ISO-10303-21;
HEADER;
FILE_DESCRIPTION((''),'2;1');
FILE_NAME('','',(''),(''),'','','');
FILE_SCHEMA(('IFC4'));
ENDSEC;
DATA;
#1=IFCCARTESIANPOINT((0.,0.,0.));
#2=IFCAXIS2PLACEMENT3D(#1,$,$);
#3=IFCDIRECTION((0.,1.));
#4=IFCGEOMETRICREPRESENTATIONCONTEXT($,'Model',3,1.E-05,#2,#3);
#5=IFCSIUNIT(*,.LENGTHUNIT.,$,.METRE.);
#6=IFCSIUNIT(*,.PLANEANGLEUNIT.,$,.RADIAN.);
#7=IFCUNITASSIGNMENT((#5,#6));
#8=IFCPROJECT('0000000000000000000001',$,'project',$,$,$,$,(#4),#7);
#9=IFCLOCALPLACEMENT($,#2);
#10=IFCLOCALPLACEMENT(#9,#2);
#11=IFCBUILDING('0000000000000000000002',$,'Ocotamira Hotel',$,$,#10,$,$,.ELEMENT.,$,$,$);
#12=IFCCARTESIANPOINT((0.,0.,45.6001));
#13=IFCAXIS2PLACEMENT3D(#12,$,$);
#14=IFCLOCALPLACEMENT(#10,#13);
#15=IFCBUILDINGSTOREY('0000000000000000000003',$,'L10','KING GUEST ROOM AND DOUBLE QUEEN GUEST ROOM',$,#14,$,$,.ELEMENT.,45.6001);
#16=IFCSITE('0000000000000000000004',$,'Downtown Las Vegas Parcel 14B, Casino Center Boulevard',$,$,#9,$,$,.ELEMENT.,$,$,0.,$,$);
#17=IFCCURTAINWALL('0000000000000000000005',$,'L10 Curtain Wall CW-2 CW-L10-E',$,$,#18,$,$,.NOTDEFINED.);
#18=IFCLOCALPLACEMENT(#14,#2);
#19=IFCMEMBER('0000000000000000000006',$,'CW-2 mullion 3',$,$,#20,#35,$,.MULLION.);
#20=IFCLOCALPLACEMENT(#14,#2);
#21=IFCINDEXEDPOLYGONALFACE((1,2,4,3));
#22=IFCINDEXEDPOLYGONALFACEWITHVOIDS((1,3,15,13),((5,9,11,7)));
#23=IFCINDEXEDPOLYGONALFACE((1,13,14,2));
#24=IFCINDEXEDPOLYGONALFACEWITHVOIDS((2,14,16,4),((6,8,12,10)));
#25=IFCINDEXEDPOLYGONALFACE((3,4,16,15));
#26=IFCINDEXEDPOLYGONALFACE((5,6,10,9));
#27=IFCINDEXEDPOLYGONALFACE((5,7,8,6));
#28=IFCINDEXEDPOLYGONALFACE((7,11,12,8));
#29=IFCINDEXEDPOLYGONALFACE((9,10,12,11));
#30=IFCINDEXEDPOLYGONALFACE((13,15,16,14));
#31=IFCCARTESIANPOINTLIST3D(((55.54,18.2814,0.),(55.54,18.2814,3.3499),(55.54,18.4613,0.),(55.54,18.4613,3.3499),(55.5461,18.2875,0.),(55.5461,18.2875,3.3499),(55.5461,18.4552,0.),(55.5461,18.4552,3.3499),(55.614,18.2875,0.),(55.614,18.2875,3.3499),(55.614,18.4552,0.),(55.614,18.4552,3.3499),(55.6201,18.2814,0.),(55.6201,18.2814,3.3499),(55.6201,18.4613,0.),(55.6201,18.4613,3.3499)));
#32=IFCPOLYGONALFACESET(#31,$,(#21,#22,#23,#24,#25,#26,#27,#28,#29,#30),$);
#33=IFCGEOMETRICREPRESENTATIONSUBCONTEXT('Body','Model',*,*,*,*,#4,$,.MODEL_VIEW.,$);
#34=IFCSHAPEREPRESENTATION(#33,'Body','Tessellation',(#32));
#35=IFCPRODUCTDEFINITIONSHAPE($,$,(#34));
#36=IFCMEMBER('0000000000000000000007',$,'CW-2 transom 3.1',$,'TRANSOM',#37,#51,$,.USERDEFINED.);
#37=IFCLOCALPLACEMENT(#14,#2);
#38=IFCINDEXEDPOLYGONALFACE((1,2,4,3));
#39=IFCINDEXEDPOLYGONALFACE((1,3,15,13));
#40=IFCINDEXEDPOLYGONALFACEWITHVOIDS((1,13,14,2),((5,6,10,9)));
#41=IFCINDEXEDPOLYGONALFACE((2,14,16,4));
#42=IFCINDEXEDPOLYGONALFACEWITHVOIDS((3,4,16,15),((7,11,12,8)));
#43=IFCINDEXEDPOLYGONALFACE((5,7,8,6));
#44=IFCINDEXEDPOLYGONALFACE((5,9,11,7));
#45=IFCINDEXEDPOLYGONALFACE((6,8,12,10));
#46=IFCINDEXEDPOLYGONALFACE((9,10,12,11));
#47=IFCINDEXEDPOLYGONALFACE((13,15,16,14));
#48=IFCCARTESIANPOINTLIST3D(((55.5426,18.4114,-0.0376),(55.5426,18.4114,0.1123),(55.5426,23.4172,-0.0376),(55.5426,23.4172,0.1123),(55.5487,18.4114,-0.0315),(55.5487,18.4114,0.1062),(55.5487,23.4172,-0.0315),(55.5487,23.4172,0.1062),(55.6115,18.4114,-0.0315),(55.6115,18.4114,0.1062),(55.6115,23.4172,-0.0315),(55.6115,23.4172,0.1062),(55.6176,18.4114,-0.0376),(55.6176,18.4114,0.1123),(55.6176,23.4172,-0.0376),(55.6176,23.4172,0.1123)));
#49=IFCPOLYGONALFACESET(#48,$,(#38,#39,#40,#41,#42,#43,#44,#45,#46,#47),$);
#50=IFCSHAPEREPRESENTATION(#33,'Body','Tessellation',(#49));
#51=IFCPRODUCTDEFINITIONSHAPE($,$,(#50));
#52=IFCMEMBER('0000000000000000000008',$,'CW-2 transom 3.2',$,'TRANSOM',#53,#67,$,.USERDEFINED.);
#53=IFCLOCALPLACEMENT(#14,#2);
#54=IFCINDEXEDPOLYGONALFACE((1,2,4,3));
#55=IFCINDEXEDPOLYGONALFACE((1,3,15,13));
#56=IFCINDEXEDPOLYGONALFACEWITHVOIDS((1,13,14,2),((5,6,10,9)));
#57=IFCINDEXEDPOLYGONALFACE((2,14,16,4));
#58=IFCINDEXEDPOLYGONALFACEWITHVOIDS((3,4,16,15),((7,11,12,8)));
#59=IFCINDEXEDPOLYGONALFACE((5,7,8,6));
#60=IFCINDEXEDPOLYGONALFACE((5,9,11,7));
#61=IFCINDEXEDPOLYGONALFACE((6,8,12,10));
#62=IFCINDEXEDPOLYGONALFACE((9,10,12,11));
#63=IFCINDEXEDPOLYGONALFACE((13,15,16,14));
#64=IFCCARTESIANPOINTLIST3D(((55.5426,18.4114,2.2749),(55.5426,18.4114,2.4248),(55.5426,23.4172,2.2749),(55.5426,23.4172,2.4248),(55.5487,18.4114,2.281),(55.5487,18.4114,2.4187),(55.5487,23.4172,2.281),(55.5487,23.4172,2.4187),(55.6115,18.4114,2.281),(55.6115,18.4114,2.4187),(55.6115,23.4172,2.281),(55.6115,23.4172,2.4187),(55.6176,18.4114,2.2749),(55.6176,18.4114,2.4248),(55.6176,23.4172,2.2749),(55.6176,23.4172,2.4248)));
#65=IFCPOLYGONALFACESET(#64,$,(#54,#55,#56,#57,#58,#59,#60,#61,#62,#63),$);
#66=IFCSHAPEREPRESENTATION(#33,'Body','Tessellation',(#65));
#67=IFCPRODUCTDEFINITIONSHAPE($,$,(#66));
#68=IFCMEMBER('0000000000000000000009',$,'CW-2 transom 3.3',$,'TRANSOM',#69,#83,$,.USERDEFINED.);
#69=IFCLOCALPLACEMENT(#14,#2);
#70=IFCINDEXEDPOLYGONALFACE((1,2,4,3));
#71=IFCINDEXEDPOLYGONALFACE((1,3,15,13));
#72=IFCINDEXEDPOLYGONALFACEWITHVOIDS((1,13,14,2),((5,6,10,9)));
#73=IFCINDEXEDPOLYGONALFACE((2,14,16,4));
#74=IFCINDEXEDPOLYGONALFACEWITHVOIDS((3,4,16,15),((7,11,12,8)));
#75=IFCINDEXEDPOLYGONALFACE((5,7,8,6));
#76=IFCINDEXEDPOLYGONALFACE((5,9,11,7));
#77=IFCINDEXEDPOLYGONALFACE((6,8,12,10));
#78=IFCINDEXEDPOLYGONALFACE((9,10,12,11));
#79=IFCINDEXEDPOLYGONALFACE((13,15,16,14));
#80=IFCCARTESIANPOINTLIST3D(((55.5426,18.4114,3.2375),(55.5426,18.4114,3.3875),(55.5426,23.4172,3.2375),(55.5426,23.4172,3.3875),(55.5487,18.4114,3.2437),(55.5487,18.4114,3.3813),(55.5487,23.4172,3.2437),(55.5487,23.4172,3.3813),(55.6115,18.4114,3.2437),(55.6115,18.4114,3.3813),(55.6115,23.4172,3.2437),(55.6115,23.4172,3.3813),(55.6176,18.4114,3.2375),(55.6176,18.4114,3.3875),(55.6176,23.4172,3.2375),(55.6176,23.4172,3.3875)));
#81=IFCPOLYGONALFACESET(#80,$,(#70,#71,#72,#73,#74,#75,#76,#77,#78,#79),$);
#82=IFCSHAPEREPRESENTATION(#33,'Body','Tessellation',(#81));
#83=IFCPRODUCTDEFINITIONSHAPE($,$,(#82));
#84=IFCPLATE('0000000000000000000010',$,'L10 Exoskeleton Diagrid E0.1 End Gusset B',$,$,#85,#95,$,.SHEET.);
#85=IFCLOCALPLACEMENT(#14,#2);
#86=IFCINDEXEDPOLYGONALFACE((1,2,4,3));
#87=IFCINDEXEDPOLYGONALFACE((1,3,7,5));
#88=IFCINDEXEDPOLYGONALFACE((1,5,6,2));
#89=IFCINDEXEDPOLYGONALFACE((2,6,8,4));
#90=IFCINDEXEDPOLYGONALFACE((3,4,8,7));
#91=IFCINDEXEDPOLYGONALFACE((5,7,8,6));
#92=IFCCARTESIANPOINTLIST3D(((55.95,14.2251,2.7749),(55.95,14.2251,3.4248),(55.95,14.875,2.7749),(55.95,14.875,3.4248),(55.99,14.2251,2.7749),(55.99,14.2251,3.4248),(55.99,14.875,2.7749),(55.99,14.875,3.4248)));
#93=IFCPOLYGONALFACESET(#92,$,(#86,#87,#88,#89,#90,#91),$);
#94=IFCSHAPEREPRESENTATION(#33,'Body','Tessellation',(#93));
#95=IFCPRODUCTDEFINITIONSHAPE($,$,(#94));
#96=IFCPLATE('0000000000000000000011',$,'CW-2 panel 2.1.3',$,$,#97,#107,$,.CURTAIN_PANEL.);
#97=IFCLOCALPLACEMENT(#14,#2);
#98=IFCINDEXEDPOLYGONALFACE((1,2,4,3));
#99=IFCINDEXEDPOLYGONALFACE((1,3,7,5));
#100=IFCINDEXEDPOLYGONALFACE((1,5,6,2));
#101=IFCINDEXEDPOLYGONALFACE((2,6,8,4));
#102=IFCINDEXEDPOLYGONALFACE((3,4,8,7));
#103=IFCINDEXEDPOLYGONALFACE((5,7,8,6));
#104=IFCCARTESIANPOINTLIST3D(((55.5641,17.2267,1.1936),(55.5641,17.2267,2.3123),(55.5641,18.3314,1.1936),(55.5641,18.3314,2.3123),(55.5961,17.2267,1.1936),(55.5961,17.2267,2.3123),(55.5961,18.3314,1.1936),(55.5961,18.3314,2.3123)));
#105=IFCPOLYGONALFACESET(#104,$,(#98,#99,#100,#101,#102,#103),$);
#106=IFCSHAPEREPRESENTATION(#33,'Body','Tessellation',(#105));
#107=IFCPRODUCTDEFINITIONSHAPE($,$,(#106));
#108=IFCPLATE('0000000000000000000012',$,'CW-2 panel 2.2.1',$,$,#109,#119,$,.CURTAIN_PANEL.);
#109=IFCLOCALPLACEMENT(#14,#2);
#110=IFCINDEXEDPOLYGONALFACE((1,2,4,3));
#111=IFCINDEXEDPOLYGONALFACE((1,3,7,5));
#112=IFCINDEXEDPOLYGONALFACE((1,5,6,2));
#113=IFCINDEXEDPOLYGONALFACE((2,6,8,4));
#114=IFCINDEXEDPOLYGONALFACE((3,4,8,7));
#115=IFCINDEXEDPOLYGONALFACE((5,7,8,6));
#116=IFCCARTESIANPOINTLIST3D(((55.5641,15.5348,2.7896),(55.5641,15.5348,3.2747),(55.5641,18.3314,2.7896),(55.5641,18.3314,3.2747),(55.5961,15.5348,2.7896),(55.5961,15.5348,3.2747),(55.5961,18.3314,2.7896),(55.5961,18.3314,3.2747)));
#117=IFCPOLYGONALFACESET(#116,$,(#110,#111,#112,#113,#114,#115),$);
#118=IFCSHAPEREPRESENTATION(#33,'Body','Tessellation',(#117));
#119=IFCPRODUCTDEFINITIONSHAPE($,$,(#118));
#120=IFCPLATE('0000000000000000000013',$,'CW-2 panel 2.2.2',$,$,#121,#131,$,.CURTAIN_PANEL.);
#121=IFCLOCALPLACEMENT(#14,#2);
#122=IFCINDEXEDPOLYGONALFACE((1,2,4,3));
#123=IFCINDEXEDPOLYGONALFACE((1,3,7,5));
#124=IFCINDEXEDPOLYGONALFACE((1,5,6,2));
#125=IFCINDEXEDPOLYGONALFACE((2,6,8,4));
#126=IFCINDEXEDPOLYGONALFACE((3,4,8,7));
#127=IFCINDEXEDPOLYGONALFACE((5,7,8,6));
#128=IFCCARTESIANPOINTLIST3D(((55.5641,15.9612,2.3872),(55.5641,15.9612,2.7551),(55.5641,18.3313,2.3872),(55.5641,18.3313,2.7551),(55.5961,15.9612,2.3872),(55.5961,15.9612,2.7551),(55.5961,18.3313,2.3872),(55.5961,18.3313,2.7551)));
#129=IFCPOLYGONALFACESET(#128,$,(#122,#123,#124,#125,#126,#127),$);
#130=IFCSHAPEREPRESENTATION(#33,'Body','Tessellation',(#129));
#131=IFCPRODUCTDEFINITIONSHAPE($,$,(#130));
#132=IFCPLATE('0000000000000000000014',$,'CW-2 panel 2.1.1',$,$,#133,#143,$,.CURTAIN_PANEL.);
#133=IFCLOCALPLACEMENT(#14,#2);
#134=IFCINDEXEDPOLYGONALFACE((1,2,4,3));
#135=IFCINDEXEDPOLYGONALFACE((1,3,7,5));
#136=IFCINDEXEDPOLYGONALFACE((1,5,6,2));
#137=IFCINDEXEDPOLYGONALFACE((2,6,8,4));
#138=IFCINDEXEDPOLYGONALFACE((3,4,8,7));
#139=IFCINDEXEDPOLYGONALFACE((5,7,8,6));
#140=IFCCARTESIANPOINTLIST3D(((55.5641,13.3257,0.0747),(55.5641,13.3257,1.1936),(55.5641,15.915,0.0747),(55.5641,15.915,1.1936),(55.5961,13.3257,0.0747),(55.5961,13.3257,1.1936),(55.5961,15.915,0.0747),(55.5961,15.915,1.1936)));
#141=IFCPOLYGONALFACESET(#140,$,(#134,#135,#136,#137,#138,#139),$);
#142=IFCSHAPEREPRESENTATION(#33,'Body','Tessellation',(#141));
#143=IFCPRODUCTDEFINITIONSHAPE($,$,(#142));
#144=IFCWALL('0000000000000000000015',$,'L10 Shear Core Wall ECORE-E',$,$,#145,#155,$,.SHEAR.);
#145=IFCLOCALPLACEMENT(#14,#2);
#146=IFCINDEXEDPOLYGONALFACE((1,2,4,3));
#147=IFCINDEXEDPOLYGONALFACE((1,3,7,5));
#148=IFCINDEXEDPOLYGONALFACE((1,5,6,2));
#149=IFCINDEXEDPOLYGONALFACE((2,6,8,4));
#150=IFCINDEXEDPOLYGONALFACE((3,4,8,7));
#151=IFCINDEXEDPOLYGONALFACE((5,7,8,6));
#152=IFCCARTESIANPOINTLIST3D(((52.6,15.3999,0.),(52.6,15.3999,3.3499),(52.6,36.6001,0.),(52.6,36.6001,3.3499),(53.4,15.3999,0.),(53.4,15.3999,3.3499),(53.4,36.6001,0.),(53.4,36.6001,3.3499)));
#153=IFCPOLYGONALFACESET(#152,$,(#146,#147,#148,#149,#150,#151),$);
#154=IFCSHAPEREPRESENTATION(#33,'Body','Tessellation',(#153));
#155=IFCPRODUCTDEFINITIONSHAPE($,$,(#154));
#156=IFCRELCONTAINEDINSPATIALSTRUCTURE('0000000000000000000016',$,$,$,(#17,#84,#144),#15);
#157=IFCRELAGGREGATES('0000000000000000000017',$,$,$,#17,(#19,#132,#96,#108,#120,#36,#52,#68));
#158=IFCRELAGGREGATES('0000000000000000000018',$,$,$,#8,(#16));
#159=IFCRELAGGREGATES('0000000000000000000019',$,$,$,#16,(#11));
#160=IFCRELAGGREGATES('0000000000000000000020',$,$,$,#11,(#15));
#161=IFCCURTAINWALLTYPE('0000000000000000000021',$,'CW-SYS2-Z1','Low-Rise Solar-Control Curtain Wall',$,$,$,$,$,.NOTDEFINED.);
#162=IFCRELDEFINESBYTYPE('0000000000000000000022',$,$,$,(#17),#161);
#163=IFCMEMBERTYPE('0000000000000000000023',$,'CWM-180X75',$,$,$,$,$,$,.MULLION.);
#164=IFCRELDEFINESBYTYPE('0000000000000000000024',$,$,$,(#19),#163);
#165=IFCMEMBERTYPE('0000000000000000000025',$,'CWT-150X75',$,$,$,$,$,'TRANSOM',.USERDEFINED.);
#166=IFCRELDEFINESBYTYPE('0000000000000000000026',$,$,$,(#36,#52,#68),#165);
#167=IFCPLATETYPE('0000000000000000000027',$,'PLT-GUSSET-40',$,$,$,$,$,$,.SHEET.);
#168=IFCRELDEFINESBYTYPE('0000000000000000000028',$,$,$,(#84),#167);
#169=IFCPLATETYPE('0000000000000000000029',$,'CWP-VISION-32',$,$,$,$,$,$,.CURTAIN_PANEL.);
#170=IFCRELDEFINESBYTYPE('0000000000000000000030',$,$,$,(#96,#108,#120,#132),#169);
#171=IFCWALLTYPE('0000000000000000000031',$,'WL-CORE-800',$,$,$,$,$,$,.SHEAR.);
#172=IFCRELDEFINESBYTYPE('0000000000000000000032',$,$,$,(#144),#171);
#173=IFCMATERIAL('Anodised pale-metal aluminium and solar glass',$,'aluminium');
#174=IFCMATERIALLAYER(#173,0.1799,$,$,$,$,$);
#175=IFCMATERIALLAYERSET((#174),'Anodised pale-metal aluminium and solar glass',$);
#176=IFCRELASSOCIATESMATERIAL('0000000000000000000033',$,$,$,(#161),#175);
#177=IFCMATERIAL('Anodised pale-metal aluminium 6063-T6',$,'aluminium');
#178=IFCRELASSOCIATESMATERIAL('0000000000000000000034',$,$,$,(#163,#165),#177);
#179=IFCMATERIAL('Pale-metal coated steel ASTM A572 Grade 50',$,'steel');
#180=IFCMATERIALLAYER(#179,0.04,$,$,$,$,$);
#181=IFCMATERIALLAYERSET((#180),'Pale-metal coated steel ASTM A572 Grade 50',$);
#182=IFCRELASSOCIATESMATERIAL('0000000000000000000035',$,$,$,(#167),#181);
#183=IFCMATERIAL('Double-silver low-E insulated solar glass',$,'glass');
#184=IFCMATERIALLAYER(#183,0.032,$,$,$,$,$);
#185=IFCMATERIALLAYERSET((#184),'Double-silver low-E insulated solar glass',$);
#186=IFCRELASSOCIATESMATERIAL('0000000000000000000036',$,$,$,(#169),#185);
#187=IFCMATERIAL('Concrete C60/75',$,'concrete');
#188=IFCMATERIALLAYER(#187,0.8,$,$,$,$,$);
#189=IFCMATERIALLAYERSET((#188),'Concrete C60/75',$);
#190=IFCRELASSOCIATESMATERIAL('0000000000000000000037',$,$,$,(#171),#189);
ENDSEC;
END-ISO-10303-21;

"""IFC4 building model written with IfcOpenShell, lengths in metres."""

from ifc_helpers import new_model, si_unit, direction, frame, frame_2d, origin, origin_2d, place, context, subcontext, project, spatial, rectangle, hollow_rectangle, extrude, source, transform, mapped, material, layer, layer_set, material_profile, profile_set, type_object, element, aggregate, save


model = new_model("IFC4")

# Units and contexts
model_context = context("Model", 3, precision=1e-05, world=origin(), true_north=direction((0.0, 1.0)))
body_context = subcontext(model_context, "Body", "Model", "MODEL_VIEW")
ifc_project = project(units=[si_unit("LENGTHUNIT", "METRE"), si_unit("PLANEANGLEUNIT", "RADIAN")], contexts=[model_context])

# Site, building, storey
site_placement = place(None, origin())
site = spatial("IfcSite", under=ifc_project, at=site_placement, Name="Downtown Las Vegas Parcel 14B, Casino Center Boulevard", CompositionType="ELEMENT", RefElevation=0.0)
building_placement = place(site_placement, origin())
building = spatial("IfcBuilding", under=site, at=building_placement, Name="Ocotamira Hotel", CompositionType="ELEMENT")
storey_placement = place(building_placement, frame((0.0, 0.0, 45.6001)))
storey = spatial("IfcBuildingStorey", under=building, at=storey_placement, Name="L10", Description="KING GUEST ROOM AND DOUBLE QUEEN GUEST ROOM", CompositionType="ELEMENT", Elevation=45.6001)

# Curtain wall, members
ifc_material_1 = material(Name="Anodised pale-metal aluminium and solar glass", Category="aluminium")
ifc_layer_1 = layer(ifc_material_1, 0.1799)
ifc_layer_set_1 = layer_set([ifc_layer_1], Name="Anodised pale-metal aluminium and solar glass")
curtain_wall_type = type_object("IfcCurtainWallType", Name="CW-SYS2-Z1", Description="Low-Rise Solar-Control Curtain Wall", PredefinedType="NOTDEFINED", material=ifc_layer_set_1)
curtain_wall_placement = place(storey_placement, origin())
curtain_wall = element("IfcCurtainWall", 1, at=curtain_wall_placement, inside=storey, type_object=curtain_wall_type, Name="L10 Curtain Wall CW-2 CW-L10-E", PredefinedType="NOTDEFINED")
ifc_material_2 = material(Name="Anodised pale-metal aluminium 6063-T6", Category="aluminium")
ifc_material_profile_1 = material_profile(ifc_material_2, hollow_rectangle(XDim=0.0801, YDim=0.1799, WallThickness=0.0061, at=origin_2d()), Name="HSS180X80X6")
ifc_profile_set_1 = profile_set([ifc_material_profile_1], Name="Anodised pale-metal aluminium 6063-T6")
member_type_1 = type_object("IfcMemberType", Name="CWM-180X75", PredefinedType="MULLION", material=ifc_profile_set_1)
shared_shape_1 = source(origin(), body_context, "Body", "SweptSolid", [
    extrude(hollow_rectangle(XDim=0.0801, YDim=0.1799, WallThickness=0.0061, at=origin_2d()), origin(), (0.0, 0.0, 1.0), 3.3499),
])
member_1_placement = place(storey_placement, frame((55.5801, 18.3713, 0.0), z_axis=(0.0, 0.0, 1.0), x_axis=(-1.0, 0.0, 0.0)))
member_1 = element("IfcMember", 2, at=member_1_placement, type_object=member_type_1, Name="CW-2 mullion 3", PredefinedType="MULLION", context=body_context, shape_type="MappedRepresentation", body=[
    mapped(shared_shape_1, transform((0.0, 0.0, 0.0), scale=1.0)),
])
ifc_material_profile_2 = material_profile(ifc_material_2, hollow_rectangle(XDim=0.075, YDim=0.1499, WallThickness=0.0061, at=origin_2d()), Name="HSS150X75X6")
ifc_profile_set_2 = profile_set([ifc_material_profile_2], Name="Anodised pale-metal aluminium 6063-T6")
member_type_2 = type_object("IfcMemberType", Name="CWT-150X75", ElementType="TRANSOM", PredefinedType="USERDEFINED", material=ifc_profile_set_2)
shared_shape_2 = source(origin(), body_context, "Body", "SweptSolid", [
    extrude(hollow_rectangle(XDim=0.075, YDim=0.1499, WallThickness=0.0061, at=origin_2d()), origin(), (0.0, 0.0, 1.0), 5.0059),
])
member_2_placement = place(storey_placement, frame((55.5801, 18.4114, 0.0374), z_axis=(0.0, 1.0, 0.0), x_axis=(-1.0, 0.0, 0.0)))
member_2 = element("IfcMember", 3, at=member_2_placement, type_object=member_type_2, Name="CW-2 transom 3.1", ObjectType="TRANSOM", PredefinedType="USERDEFINED", context=body_context, shape_type="MappedRepresentation", body=[
    mapped(shared_shape_2, transform((0.0, 0.0, 0.0), scale=1.0)),
])
member_3_placement = place(storey_placement, frame((55.5801, 18.4114, 2.3499), z_axis=(0.0, 1.0, 0.0), x_axis=(-1.0, 0.0, 0.0)))
member_3 = element("IfcMember", 4, at=member_3_placement, type_object=member_type_2, Name="CW-2 transom 3.2", ObjectType="TRANSOM", PredefinedType="USERDEFINED", context=body_context, shape_type="MappedRepresentation", body=[
    mapped(shared_shape_2, transform((0.0, 0.0, 0.0), scale=1.0)),
])
member_4_placement = place(storey_placement, frame((55.5801, 18.4114, 3.3125), z_axis=(0.0, 1.0, 0.0), x_axis=(-1.0, 0.0, 0.0)))
member_4 = element("IfcMember", 5, at=member_4_placement, type_object=member_type_2, Name="CW-2 transom 3.3", ObjectType="TRANSOM", PredefinedType="USERDEFINED", context=body_context, shape_type="MappedRepresentation", body=[
    mapped(shared_shape_2, transform((0.0, 0.0, 0.0), scale=1.0)),
])

# Plates
ifc_material_3 = material(Name="Pale-metal coated steel ASTM A572 Grade 50", Category="steel")
ifc_layer_2 = layer(ifc_material_3, 0.04)
ifc_layer_set_2 = layer_set([ifc_layer_2], Name="Pale-metal coated steel ASTM A572 Grade 50")
plate_type_1 = type_object("IfcPlateType", Name="PLT-GUSSET-40", PredefinedType="SHEET", material=ifc_layer_set_2)
shared_shape_3 = source(origin(), body_context, "Body", "SweptSolid", [
    extrude(rectangle(XDim=0.04, YDim=0.6499, at=origin_2d()), origin(), (0.0, 0.0, 1.0), 0.6499),
])
plate_1_placement = place(storey_placement, frame((55.97, 14.55, 2.7749), z_axis=(0.0, 0.0, 1.0), x_axis=(1.0, 0.0, 0.0)))
element("IfcPlate", 6, at=plate_1_placement, inside=storey, type_object=plate_type_1, Name="L10 Exoskeleton Diagrid E0.1 End Gusset B", PredefinedType="SHEET", context=body_context, shape_type="MappedRepresentation", body=[
    mapped(shared_shape_3, transform((0.0, 0.0, 0.0), scale=1.0)),
])
ifc_material_4 = material(Name="Double-silver low-E insulated solar glass", Category="glass")
ifc_layer_3 = layer(ifc_material_4, 0.032)
ifc_layer_set_3 = layer_set([ifc_layer_3], Name="Double-silver low-E insulated solar glass")
plate_type_2 = type_object("IfcPlateType", Name="CWP-VISION-32", PredefinedType="CURTAIN_PANEL", material=ifc_layer_set_3)
shared_shape_4 = source(origin(), body_context, "Body", "SweptSolid", [
    extrude(rectangle(XDim=1.1047, YDim=0.032, at=origin_2d()), origin(), (0.0, 0.0, 1.0), 1.1187),
])
plate_2_placement = place(storey_placement, frame((55.5801, 17.7791, 1.1936), z_axis=(0.0, 0.0, 1.0), x_axis=(0.0, 1.0, 0.0)))
plate_2 = element("IfcPlate", 7, at=plate_2_placement, type_object=plate_type_2, Name="CW-2 panel 2.1.3", PredefinedType="CURTAIN_PANEL", context=body_context, shape_type="MappedRepresentation", body=[
    mapped(shared_shape_4, transform((0.0, 0.0, 0.0), scale=1.0)),
])
shared_shape_5 = source(origin(), body_context, "Body", "SweptSolid", [
    extrude(rectangle(XDim=2.7966, YDim=0.032, at=origin_2d()), origin(), (0.0, 0.0, 1.0), 0.4851),
])
plate_3_placement = place(storey_placement, frame((55.5801, 16.9331, 2.7896), z_axis=(0.0, 0.0, 1.0), x_axis=(0.0, 1.0, 0.0)))
plate_3 = element("IfcPlate", 8, at=plate_3_placement, type_object=plate_type_2, Name="CW-2 panel 2.2.1", PredefinedType="CURTAIN_PANEL", context=body_context, shape_type="MappedRepresentation", body=[
    mapped(shared_shape_5, transform((0.0, 0.0, 0.0), scale=1.0)),
])
shared_shape_6 = source(origin(), body_context, "Body", "SweptSolid", [
    extrude(rectangle(XDim=2.3701, YDim=0.032, at=origin_2d()), origin(), (0.0, 0.0, 1.0), 0.3679),
])
plate_4_placement = place(storey_placement, frame((55.5801, 17.1462, 2.3872), z_axis=(0.0, 0.0, 1.0), x_axis=(0.0, 1.0, 0.0)))
plate_4 = element("IfcPlate", 9, at=plate_4_placement, type_object=plate_type_2, Name="CW-2 panel 2.2.2", PredefinedType="CURTAIN_PANEL", context=body_context, shape_type="MappedRepresentation", body=[
    mapped(shared_shape_6, transform((0.0, 0.0, 0.0), scale=1.0)),
])
shared_shape_7 = source(origin(), body_context, "Body", "SweptSolid", [
    extrude(rectangle(XDim=2.5894, YDim=0.032, at=origin_2d()), origin(), (0.0, 0.0, 1.0), 1.1189),
])
plate_5_placement = place(storey_placement, frame((55.5801, 14.6204, 0.0747), z_axis=(0.0, 0.0, 1.0), x_axis=(0.0, 1.0, 0.0)))
plate_5 = element("IfcPlate", 10, at=plate_5_placement, type_object=plate_type_2, Name="CW-2 panel 2.1.1", PredefinedType="CURTAIN_PANEL", context=body_context, shape_type="MappedRepresentation", body=[
    mapped(shared_shape_7, transform((0.0, 0.0, 0.0), scale=1.0)),
])
aggregate(curtain_wall, [member_1, plate_5, plate_2, plate_3, plate_4, member_2, member_3, member_4])

# Wall
ifc_material_5 = material(Name="Concrete C60/75", Category="concrete")
ifc_layer_4 = layer(ifc_material_5, 0.8)
ifc_layer_set_4 = layer_set([ifc_layer_4], Name="Concrete C60/75")
wall_type_1 = type_object("IfcWallType", Name="WL-CORE-800", PredefinedType="SHEAR", material=ifc_layer_set_4)
wall_1_placement = place(storey_placement, frame((53.0, 15.3999, 0.0), z_axis=(0.0, 0.0, 1.0), x_axis=(0.0, 1.0, 0.0)))
element("IfcWall", 11, at=wall_1_placement, inside=storey, type_object=wall_type_1, Name="L10 Shear Core Wall ECORE-E", PredefinedType="SHEAR", context=body_context, shape_type="SweptSolid", body=[
    extrude(rectangle(XDim=21.2002, YDim=0.8, at=frame_2d((10.6001, 0.0))), origin(), (0.0, 0.0, 1.0), 3.3499),
])

save(model, "model.ifc")
